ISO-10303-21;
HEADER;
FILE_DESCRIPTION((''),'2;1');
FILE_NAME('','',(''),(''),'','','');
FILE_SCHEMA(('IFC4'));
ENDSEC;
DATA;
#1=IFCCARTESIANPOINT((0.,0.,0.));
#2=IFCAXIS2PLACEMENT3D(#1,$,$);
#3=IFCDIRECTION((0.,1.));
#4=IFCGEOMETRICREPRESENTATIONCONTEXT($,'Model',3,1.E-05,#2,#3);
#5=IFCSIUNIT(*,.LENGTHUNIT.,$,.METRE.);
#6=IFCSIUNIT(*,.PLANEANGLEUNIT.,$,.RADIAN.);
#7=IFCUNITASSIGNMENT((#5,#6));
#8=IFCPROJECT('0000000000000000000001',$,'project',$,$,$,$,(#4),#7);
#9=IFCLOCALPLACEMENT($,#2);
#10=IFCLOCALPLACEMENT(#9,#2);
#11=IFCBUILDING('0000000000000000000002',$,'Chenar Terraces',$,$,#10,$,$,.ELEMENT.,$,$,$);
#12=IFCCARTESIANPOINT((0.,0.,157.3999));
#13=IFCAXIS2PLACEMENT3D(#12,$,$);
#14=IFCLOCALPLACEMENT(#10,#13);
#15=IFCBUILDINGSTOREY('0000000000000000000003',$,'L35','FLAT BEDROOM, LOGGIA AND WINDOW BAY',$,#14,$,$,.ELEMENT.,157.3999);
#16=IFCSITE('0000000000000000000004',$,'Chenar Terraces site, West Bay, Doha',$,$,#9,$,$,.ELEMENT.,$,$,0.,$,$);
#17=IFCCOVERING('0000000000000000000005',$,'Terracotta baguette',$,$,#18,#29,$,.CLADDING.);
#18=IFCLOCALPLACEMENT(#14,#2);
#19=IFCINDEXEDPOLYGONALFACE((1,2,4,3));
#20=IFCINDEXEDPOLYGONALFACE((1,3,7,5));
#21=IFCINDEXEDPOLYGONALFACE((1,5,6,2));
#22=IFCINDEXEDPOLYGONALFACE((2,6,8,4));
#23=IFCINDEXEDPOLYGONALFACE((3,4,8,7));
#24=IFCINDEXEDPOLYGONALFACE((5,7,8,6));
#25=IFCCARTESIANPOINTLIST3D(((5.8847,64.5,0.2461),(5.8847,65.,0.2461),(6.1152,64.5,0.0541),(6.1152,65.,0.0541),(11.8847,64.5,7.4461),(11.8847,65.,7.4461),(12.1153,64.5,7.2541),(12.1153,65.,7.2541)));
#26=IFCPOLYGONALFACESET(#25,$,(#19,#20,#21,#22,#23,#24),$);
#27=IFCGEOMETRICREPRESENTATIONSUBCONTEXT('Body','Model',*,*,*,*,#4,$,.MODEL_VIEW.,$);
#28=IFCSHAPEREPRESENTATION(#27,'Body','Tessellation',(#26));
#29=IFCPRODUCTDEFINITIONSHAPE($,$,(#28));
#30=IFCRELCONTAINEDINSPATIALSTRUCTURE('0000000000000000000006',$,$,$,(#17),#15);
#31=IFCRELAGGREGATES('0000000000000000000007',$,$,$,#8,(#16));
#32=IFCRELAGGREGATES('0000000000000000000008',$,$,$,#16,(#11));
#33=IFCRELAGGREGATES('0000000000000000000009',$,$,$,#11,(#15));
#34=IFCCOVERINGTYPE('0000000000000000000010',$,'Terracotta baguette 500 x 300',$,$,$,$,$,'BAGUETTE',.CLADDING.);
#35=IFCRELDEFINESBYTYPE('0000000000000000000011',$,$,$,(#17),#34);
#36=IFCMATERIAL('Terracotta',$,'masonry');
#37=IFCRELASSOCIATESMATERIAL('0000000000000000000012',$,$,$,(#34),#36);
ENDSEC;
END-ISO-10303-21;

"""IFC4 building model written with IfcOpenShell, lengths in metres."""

from ifc_helpers import new_model, si_unit, direction, frame, origin, origin_2d, place, context, subcontext, project, spatial, rectangle, extrude, material, material_profile, profile_set, type_object, element, save


model = new_model("IFC4")

# Units and contexts
model_context = context("Model", 3, precision=1e-05, world=origin(), true_north=direction((0.0, 1.0)))
body_context = subcontext(model_context, "Body", "Model", "MODEL_VIEW")
ifc_project = project(units=[si_unit("LENGTHUNIT", "METRE"), si_unit("PLANEANGLEUNIT", "RADIAN")], contexts=[model_context])

# Site, building, storey
site_placement = place(None, origin())
site = spatial("IfcSite", under=ifc_project, at=site_placement, Name="Chenar Terraces site, West Bay, Doha", CompositionType="ELEMENT", RefElevation=0.0)
building_placement = place(site_placement, origin())
building = spatial("IfcBuilding", under=site, at=building_placement, Name="Chenar Terraces", CompositionType="ELEMENT")
storey_placement = place(building_placement, frame((0.0, 0.0, 157.3999)))
storey = spatial("IfcBuildingStorey", under=building, at=storey_placement, Name="L35", Description="FLAT BEDROOM, LOGGIA AND WINDOW BAY", CompositionType="ELEMENT", Elevation=157.3999)

# Covering
ifc_material_1 = material(Name="Terracotta", Category="masonry")
ifc_material_profile_1 = material_profile(ifc_material_1, rectangle(XDim=0.5, YDim=0.3, at=origin_2d()), Name="Terracotta baguette 500 x 300")
ifc_profile_set_1 = profile_set([ifc_material_profile_1], Name="Terracotta")
covering_type = type_object("IfcCoveringType", Name="Terracotta baguette 500 x 300", ElementType="BAGUETTE", PredefinedType="CLADDING", material=ifc_profile_set_1)
for number, where, z_axis, x_axis, name in (
    (1, (12.0, 64.75, 7.3501), (-0.640187, 0.0, -0.768219), (0.0, -1.0, 0.0), "Terracotta baguette"),
):
    element("IfcCovering", number, at=place(storey_placement, frame(where, z_axis=z_axis, x_axis=x_axis)), inside=storey, type_object=covering_type, Name=name, PredefinedType="CLADDING", context=body_context, shape_type="SweptSolid", body=[
        extrude(rectangle(XDim=0.5, YDim=0.3, at=origin_2d()), origin(), (0.0, 0.0, 1.0), 9.3723),
    ])

save(model, "model.ifc")
